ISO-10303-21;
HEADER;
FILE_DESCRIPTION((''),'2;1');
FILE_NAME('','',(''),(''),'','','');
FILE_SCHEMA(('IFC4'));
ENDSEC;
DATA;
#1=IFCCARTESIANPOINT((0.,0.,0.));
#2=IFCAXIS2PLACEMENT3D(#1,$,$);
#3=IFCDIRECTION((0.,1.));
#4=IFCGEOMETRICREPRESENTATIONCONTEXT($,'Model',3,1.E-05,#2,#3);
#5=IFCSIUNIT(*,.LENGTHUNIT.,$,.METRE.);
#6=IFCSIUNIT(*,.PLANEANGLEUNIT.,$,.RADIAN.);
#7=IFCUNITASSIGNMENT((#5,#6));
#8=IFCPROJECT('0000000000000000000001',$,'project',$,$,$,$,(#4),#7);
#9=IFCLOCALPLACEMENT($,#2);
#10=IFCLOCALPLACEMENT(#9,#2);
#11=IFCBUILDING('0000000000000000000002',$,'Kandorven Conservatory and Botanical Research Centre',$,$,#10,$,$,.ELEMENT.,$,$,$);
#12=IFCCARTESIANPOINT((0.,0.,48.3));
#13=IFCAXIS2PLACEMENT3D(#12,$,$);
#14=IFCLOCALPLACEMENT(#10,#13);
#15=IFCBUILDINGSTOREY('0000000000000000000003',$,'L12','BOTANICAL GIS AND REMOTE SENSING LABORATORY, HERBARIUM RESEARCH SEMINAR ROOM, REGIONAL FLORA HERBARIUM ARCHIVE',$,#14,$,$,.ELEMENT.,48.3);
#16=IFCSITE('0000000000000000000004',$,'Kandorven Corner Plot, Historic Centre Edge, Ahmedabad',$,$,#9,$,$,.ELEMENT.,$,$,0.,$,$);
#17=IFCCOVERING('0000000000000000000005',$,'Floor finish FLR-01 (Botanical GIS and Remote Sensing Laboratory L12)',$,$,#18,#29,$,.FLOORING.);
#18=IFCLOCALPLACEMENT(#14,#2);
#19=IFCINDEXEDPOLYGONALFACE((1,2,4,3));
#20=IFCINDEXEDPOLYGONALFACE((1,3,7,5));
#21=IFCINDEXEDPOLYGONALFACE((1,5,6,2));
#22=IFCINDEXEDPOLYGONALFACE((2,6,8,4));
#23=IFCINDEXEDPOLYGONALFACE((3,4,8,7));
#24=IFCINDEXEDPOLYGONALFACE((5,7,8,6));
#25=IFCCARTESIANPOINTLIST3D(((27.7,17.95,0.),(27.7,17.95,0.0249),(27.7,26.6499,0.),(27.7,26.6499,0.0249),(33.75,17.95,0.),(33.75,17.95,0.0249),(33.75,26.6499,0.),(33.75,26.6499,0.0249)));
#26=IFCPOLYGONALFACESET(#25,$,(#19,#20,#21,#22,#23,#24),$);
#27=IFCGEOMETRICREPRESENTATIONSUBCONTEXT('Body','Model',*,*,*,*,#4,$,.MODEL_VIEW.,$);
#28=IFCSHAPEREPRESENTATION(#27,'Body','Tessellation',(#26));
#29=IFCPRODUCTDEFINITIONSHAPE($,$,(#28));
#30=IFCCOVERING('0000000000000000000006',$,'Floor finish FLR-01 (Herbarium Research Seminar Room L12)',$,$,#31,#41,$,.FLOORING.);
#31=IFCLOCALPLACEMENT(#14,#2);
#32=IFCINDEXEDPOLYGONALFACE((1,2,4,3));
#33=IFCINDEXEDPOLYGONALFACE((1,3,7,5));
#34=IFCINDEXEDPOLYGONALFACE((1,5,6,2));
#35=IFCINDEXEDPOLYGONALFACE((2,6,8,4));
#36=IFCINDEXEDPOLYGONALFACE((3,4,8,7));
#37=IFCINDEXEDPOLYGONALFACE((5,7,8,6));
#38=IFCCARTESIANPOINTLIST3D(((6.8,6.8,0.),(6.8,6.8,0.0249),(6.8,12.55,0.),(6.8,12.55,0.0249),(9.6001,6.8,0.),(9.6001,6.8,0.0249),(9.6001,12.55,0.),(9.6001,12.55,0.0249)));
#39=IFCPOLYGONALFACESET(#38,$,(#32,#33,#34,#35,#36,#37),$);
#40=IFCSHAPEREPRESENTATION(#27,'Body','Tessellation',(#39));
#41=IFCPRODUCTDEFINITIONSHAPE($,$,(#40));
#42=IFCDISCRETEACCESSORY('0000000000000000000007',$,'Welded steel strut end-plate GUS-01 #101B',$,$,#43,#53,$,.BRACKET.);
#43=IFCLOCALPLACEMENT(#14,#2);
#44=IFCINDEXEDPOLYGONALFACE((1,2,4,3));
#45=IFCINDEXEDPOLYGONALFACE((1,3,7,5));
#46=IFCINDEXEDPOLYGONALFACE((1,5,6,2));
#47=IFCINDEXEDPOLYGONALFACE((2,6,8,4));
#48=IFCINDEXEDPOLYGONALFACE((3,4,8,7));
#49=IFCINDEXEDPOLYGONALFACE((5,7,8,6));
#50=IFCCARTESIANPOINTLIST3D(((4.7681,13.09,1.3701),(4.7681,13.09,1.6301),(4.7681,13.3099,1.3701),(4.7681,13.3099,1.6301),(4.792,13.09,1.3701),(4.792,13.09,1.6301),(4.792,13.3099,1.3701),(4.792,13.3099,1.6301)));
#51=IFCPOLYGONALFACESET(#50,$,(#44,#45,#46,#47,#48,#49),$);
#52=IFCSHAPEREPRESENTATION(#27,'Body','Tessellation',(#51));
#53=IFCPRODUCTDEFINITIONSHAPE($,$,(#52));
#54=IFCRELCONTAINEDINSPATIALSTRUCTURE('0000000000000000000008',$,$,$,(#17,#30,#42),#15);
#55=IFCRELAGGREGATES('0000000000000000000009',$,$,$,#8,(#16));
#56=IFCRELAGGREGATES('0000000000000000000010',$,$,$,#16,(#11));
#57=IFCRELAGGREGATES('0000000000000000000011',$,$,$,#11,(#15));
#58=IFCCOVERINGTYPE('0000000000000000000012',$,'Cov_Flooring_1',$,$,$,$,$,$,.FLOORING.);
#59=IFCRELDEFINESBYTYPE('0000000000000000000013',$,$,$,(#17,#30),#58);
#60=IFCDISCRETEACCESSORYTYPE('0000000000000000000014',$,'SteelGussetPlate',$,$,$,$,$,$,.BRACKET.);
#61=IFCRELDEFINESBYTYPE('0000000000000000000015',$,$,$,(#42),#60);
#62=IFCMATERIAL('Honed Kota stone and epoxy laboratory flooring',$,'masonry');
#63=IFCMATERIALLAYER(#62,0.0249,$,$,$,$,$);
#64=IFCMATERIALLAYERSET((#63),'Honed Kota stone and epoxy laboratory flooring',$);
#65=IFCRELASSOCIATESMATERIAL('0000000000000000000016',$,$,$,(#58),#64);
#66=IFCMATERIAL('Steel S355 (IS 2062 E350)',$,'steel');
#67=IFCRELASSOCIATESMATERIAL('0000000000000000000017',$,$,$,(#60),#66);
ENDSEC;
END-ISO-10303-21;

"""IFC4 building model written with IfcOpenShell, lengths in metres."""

from ifc_helpers import new_model, si_unit, direction, frame, origin, origin_2d, place, context, subcontext, project, spatial, polyline, rectangle, outline, extrude, material, layer, layer_set, type_object, element, save


model = new_model("IFC4")

# Units and contexts
model_context = context("Model", 3, precision=1e-05, world=origin(), true_north=direction((0.0, 1.0)))
body_context = subcontext(model_context, "Body", "Model", "MODEL_VIEW")
ifc_project = project(units=[si_unit("LENGTHUNIT", "METRE"), si_unit("PLANEANGLEUNIT", "RADIAN")], contexts=[model_context])

# Site, building, storey
site_placement = place(None, origin())
site = spatial("IfcSite", under=ifc_project, at=site_placement, Name="Kandorven Corner Plot, Historic Centre Edge, Ahmedabad", CompositionType="ELEMENT", RefElevation=0.0)
building_placement = place(site_placement, origin())
building = spatial("IfcBuilding", under=site, at=building_placement, Name="Kandorven Conservatory and Botanical Research Centre", CompositionType="ELEMENT")
storey_placement = place(building_placement, frame((0.0, 0.0, 48.3)))
storey = spatial("IfcBuildingStorey", under=building, at=storey_placement, Name="L12", Description="BOTANICAL GIS AND REMOTE SENSING LABORATORY, HERBARIUM RESEARCH SEMINAR ROOM, REGIONAL FLORA HERBARIUM ARCHIVE", CompositionType="ELEMENT", Elevation=48.3)

# Coverings
ifc_material_1 = material(Name="Honed Kota stone and epoxy laboratory flooring", Category="masonry")
ifc_layer_1 = layer(ifc_material_1, 0.0249)
ifc_layer_set_1 = layer_set([ifc_layer_1], Name="Honed Kota stone and epoxy laboratory flooring")
covering_type_1 = type_object("IfcCoveringType", Name="Cov_Flooring_1", PredefinedType="FLOORING", material=ifc_layer_set_1)
covering_1_placement = place(storey_placement, origin())
element("IfcCovering", 1, at=covering_1_placement, inside=storey, type_object=covering_type_1, Name="Floor finish FLR-01 (Botanical GIS and Remote Sensing Laboratory L12)", PredefinedType="FLOORING", context=body_context, shape_type="SweptSolid", body=[
    extrude(outline(polyline([(27.7, 17.95), (33.75, 17.95), (33.75, 26.6499), (27.7, 26.6499), (27.7, 17.95)])), origin(), (0.0, 0.0, 1.0), 0.0249),
])
covering_2_placement = place(storey_placement, origin())
element("IfcCovering", 2, at=covering_2_placement, inside=storey, type_object=covering_type_1, Name="Floor finish FLR-01 (Herbarium Research Seminar Room L12)", PredefinedType="FLOORING", context=body_context, shape_type="SweptSolid", body=[
    extrude(outline(polyline([(6.8, 6.8), (9.6001, 6.8), (9.6001, 12.55), (6.8, 12.55), (6.8, 6.8)])), origin(), (0.0, 0.0, 1.0), 0.0249),
])

# Discrete accessory
ifc_material_2 = material(Name="Steel S355 (IS 2062 E350)", Category="steel")
discrete_accessory_type = type_object("IfcDiscreteAccessoryType", Name="SteelGussetPlate", PredefinedType="BRACKET", material=ifc_material_2)
discrete_accessory_placement = place(storey_placement, frame((4.78, 13.2, 1.3701), z_axis=(0.0, 0.0, 1.0), x_axis=(1.0, 0.0, 0.0)))
element("IfcDiscreteAccessory", 3, at=discrete_accessory_placement, inside=storey, type_object=discrete_accessory_type, Name="Welded steel strut end-plate GUS-01 #101B", PredefinedType="BRACKET", context=body_context, shape_type="SweptSolid", body=[
    extrude(rectangle(XDim=0.0239, YDim=0.22, at=origin_2d()), origin(), (0.0, 0.0, 1.0), 0.26),
])

save(model, "model.ifc")
